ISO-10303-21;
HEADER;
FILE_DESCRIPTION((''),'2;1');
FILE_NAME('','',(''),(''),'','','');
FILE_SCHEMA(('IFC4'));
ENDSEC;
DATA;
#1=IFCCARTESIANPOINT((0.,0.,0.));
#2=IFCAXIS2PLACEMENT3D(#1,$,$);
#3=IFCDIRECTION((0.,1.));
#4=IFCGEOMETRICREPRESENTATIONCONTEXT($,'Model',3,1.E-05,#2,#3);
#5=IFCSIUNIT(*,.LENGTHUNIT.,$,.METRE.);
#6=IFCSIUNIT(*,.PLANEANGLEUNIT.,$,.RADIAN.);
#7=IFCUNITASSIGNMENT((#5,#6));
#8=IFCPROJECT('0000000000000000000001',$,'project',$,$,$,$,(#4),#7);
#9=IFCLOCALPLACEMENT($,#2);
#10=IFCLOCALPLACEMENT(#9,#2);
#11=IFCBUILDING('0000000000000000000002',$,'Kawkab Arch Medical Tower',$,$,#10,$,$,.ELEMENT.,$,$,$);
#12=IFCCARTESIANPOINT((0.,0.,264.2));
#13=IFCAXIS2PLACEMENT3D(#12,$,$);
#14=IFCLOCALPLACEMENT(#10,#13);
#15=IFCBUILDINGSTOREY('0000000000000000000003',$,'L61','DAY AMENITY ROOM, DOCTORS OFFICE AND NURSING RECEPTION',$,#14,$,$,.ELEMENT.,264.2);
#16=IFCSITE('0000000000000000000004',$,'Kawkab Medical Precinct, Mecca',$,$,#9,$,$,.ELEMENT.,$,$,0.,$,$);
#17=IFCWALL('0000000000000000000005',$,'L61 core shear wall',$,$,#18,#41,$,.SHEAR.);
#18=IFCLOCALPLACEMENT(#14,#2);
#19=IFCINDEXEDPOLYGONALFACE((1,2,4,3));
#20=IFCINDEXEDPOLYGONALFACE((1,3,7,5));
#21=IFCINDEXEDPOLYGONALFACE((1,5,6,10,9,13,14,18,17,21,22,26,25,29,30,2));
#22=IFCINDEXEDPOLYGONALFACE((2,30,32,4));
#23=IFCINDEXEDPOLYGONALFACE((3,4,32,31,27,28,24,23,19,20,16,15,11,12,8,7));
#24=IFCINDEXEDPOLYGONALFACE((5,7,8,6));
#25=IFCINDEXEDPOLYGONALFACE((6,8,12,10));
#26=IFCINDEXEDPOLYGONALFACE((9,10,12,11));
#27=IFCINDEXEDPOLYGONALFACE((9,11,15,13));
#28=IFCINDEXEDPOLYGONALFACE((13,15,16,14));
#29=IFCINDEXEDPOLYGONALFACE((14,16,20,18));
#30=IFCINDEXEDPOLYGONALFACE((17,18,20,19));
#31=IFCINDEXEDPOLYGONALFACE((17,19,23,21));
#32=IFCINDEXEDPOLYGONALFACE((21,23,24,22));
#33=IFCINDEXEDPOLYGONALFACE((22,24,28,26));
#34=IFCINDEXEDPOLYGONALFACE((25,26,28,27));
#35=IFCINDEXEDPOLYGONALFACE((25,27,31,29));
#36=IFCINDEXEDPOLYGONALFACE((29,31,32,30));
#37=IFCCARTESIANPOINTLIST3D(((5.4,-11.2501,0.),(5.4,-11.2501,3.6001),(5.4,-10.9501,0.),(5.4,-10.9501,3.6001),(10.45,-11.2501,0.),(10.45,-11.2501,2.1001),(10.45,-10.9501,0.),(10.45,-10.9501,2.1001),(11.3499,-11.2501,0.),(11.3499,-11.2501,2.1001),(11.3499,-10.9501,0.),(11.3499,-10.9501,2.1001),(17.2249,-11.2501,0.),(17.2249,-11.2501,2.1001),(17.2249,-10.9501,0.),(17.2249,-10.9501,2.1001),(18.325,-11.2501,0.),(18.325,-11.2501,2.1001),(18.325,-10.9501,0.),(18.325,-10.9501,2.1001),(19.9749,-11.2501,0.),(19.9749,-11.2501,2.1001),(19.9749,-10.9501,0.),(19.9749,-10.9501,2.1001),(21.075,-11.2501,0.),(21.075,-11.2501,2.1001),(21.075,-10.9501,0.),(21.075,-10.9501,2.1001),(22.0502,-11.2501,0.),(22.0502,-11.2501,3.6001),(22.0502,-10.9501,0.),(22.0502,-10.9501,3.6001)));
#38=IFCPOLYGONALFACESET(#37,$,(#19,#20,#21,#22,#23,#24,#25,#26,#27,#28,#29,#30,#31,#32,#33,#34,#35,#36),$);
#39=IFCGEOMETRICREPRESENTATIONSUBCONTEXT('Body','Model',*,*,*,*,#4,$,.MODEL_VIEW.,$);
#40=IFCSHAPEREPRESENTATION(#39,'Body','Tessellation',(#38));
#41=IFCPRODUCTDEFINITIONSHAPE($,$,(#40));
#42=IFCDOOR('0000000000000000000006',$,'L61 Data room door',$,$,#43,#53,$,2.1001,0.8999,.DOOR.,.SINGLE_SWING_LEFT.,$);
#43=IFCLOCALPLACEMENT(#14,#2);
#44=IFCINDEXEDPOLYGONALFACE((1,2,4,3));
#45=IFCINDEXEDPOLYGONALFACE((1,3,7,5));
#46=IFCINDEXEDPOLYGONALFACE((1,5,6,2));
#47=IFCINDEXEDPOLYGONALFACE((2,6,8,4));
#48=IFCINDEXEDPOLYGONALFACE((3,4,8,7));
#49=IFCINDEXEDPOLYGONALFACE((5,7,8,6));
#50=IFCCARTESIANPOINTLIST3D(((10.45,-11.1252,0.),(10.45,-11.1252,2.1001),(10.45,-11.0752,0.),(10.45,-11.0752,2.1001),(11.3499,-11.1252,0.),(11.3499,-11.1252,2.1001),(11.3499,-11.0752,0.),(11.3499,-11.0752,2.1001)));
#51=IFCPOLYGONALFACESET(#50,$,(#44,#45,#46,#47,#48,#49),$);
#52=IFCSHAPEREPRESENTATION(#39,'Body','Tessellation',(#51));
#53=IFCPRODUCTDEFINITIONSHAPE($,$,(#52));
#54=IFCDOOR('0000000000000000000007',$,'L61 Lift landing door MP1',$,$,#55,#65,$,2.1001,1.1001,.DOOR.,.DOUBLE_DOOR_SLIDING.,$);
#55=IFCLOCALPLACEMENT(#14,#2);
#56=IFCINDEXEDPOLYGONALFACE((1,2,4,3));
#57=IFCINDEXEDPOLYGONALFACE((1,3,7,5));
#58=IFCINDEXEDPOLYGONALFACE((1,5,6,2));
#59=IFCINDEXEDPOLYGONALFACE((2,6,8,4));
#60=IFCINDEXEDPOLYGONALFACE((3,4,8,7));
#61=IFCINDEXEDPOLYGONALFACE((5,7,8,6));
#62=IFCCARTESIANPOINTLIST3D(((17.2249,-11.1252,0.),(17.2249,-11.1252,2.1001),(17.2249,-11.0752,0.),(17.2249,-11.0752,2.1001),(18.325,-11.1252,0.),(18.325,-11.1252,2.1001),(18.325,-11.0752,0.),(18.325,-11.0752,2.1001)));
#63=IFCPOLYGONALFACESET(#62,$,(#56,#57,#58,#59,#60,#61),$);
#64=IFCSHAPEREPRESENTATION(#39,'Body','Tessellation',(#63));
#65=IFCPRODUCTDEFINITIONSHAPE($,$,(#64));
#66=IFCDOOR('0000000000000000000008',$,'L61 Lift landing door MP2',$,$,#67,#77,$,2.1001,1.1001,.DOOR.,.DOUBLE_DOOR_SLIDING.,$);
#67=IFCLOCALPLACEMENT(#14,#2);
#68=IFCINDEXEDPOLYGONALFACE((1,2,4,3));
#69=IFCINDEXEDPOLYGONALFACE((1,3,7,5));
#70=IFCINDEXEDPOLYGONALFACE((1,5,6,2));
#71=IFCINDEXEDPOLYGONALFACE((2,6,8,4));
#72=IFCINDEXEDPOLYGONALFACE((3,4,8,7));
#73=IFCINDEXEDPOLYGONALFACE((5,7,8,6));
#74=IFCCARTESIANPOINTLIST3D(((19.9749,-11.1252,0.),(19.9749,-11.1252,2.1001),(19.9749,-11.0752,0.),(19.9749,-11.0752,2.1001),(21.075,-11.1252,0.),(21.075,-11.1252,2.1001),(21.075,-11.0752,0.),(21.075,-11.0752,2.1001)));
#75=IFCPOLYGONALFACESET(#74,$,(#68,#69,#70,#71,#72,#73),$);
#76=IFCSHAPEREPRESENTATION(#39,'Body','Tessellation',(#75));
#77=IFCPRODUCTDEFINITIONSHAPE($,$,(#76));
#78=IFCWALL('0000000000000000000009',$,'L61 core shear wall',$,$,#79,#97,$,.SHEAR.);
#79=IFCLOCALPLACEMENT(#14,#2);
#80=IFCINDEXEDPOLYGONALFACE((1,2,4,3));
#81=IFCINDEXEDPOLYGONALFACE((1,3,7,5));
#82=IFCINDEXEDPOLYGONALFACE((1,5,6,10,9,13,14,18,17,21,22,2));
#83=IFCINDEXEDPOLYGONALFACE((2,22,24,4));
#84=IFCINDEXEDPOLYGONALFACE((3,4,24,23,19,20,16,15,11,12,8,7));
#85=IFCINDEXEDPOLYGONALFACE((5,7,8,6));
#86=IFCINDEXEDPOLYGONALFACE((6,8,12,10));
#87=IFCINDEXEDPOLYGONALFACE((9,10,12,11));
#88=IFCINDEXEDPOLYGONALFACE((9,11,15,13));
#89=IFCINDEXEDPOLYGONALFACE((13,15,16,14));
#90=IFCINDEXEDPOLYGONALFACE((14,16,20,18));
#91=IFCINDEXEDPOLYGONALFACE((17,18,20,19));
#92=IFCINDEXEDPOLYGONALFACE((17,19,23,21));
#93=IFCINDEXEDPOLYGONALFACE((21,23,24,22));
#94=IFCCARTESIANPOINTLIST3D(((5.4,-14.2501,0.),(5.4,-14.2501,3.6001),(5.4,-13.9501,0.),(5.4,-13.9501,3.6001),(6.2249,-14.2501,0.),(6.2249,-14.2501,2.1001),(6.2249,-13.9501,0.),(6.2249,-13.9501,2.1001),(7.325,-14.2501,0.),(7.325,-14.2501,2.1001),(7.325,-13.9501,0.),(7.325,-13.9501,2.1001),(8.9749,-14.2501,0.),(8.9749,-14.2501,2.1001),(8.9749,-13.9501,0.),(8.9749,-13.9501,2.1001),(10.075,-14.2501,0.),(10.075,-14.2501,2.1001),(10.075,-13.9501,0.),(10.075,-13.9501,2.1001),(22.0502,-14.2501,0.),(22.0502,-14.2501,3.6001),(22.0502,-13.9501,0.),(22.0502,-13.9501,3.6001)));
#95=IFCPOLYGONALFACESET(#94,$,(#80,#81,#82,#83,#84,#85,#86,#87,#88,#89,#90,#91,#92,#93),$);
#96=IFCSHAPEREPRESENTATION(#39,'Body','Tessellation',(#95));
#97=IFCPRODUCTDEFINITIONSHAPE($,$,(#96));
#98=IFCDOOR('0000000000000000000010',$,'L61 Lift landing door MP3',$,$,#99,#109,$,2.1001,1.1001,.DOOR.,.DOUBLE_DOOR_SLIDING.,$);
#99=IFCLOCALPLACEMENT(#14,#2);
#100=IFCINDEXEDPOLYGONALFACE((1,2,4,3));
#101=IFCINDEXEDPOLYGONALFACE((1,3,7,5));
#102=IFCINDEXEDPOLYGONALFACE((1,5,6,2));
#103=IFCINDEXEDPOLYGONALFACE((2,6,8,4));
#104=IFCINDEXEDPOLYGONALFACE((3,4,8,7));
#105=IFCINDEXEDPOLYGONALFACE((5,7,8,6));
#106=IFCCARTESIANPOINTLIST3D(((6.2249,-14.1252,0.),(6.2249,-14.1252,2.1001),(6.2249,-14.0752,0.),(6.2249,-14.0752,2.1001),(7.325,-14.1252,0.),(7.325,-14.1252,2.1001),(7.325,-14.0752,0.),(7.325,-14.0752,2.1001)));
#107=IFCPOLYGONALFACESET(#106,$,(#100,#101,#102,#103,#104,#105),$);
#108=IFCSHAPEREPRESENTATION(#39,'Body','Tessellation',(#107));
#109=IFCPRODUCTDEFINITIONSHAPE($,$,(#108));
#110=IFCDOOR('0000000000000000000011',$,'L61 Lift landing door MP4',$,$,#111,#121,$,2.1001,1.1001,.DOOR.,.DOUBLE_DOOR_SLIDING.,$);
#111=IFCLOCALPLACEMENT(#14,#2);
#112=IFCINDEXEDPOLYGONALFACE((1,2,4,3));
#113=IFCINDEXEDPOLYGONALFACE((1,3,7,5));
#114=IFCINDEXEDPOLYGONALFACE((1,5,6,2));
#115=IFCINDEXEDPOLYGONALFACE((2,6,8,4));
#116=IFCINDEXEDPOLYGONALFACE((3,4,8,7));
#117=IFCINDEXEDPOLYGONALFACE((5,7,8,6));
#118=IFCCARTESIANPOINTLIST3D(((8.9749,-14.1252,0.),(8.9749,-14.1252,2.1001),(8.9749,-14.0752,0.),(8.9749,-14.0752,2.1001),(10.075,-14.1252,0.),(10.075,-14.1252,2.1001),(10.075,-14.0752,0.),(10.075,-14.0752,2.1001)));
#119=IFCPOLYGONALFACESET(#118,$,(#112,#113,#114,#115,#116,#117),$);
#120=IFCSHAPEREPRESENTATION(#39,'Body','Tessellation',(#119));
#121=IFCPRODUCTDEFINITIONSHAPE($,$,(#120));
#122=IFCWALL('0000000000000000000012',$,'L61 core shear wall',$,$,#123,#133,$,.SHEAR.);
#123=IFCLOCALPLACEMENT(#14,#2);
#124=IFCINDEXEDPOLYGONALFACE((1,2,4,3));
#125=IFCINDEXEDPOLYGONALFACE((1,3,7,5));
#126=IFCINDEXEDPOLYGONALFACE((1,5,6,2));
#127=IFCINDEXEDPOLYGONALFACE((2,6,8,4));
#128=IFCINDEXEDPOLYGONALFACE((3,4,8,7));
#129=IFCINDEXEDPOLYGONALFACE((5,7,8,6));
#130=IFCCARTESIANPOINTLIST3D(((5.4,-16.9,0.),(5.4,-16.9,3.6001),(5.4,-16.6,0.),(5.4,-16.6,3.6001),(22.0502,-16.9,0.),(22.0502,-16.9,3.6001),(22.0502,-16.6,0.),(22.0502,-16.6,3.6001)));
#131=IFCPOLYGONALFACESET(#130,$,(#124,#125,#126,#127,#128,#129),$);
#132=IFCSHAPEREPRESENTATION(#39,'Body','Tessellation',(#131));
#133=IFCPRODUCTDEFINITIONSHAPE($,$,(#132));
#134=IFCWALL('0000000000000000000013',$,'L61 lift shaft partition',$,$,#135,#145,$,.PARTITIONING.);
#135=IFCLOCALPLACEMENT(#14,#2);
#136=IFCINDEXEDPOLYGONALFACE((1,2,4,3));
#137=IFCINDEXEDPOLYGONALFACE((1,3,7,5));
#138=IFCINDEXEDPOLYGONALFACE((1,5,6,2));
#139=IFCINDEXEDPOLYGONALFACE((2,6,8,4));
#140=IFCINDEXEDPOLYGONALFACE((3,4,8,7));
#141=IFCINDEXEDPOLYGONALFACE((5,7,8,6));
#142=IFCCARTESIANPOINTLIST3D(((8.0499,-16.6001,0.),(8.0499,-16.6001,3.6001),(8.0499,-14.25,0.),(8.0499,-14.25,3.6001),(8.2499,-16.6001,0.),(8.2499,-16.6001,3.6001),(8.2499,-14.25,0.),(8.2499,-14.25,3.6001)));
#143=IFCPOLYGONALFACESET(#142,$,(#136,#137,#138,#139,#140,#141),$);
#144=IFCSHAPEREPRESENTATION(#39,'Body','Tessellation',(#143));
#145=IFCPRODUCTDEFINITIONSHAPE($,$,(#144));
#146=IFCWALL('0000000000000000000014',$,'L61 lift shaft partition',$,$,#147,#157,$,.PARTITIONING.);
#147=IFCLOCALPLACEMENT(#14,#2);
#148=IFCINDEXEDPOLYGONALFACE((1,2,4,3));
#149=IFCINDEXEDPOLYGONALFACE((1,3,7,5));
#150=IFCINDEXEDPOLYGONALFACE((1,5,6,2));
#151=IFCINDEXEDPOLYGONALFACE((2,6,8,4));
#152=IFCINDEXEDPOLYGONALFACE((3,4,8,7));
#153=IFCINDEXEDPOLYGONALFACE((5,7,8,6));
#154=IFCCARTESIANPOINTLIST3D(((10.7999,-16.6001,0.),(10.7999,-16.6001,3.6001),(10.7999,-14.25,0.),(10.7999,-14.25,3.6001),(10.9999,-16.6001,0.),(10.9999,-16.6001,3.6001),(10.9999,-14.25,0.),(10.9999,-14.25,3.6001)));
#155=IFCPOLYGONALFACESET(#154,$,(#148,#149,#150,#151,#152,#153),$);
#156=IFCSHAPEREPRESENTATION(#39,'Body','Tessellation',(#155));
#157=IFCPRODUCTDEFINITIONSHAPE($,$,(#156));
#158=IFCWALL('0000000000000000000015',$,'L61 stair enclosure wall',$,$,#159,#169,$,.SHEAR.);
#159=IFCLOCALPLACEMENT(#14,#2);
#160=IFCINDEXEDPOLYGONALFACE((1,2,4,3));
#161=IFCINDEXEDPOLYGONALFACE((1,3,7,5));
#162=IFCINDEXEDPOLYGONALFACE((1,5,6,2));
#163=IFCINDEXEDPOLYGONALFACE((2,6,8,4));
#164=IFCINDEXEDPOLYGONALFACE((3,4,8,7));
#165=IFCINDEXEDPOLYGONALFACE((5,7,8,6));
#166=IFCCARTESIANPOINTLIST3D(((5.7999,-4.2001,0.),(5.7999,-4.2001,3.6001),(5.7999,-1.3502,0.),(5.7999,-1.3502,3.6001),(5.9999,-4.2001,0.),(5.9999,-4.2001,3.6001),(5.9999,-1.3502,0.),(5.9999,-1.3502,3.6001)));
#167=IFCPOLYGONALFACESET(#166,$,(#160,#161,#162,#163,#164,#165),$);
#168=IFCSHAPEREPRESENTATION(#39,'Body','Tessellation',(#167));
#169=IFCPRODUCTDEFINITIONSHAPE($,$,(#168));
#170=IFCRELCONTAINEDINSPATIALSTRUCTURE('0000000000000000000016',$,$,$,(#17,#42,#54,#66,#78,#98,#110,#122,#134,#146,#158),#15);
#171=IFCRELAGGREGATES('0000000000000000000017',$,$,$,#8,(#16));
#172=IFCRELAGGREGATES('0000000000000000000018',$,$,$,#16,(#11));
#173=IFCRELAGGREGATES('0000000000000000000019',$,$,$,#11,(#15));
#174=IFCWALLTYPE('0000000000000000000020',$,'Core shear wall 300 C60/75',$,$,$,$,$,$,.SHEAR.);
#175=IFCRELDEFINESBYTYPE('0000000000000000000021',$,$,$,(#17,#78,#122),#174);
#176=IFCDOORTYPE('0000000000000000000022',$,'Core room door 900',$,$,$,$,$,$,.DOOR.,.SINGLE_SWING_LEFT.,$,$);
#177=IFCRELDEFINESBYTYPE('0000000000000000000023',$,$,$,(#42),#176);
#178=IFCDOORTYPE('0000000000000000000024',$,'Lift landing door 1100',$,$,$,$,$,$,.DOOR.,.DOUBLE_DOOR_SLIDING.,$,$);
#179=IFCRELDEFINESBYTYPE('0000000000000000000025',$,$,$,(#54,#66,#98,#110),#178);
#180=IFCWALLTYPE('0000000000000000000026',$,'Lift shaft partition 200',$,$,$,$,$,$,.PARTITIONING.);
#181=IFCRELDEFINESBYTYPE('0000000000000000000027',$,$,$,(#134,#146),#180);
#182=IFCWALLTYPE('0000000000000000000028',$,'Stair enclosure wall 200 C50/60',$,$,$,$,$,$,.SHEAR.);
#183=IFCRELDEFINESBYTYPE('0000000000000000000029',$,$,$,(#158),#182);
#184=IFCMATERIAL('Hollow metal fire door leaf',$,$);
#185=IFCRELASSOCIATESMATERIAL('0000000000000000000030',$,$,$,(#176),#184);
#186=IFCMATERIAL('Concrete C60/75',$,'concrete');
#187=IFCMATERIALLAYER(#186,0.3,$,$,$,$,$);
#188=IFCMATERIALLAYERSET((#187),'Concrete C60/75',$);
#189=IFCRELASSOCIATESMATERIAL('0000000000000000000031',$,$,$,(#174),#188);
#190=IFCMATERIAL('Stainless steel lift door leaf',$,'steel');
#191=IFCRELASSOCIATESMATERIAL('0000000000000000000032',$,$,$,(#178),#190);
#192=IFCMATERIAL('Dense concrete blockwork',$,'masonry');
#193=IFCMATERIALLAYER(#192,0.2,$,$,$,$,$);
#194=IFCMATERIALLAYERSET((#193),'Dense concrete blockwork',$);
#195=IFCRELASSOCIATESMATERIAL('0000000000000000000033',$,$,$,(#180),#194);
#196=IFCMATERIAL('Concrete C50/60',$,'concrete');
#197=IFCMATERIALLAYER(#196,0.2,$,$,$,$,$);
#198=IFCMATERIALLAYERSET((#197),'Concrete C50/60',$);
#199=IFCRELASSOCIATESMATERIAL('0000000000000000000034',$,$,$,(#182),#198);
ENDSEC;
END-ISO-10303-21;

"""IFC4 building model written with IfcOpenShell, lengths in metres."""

from ifc_helpers import new_model, si_unit, direction, frame, frame_2d, origin, place, context, subcontext, project, spatial, rectangle, extrude, material, layer, layer_set, type_object, element, fill, save


model = new_model("IFC4")

# Units and contexts
model_context = context("Model", 3, precision=1e-05, world=origin(), true_north=direction((0.0, 1.0)))
body_context = subcontext(model_context, "Body", "Model", "MODEL_VIEW")
ifc_project = project(units=[si_unit("LENGTHUNIT", "METRE"), si_unit("PLANEANGLEUNIT", "RADIAN")], contexts=[model_context])

# Site, building, storey
site_placement = place(None, origin())
site = spatial("IfcSite", under=ifc_project, at=site_placement, Name="Kawkab Medical Precinct, Mecca", CompositionType="ELEMENT", RefElevation=0.0)
building_placement = place(site_placement, origin())
building = spatial("IfcBuilding", under=site, at=building_placement, Name="Kawkab Arch Medical Tower", CompositionType="ELEMENT")
storey_placement = place(building_placement, frame((0.0, 0.0, 264.2)))
storey = spatial("IfcBuildingStorey", under=building, at=storey_placement, Name="L61", Description="DAY AMENITY ROOM, DOCTORS OFFICE AND NURSING RECEPTION", CompositionType="ELEMENT", Elevation=264.2)

# Shared definitions
ifc_material_1 = material(Name="Hollow metal fire door leaf")
door_type_1 = type_object("IfcDoorType", Name="Core room door 900", OperationType="SINGLE_SWING_LEFT", PredefinedType="DOOR", material=ifc_material_1)

# Shared definitions
ifc_material_2 = material(Name="Concrete C60/75", Category="concrete")
ifc_layer_1 = layer(ifc_material_2, 0.3)
ifc_layer_set_1 = layer_set([ifc_layer_1], Name="Concrete C60/75")
wall_type_1 = type_object("IfcWallType", Name="Core shear wall 300 C60/75", PredefinedType="SHEAR", material=ifc_layer_set_1)

# Walls, openings, doors
wall_1_placement = place(storey_placement, frame((5.3999, -11.1001, 0.0), z_axis=(0.0, 0.0, 1.0), x_axis=(1.0, 0.0, 0.0)))
wall_1 = element("IfcWall", 1, at=wall_1_placement, inside=storey, type_object=wall_type_1, Name="L61 core shear wall", PredefinedType="SHEAR", context=body_context, shape_type="SweptSolid", body=[
    extrude(rectangle(XDim=16.6501, YDim=0.3, at=frame_2d((8.3252, 0.0))), origin(), (0.0, 0.0, 1.0), 3.6001),
])
opening_1_placement = place(wall_1_placement, frame((11.825, 0.0, 0.0)))
opening_1 = element("IfcOpeningElement", 2, at=opening_1_placement, cuts=wall_1, PredefinedType="OPENING", context=body_context, shape_type="SweptSolid", body=[
    extrude(rectangle(XDim=1.1001, YDim=2.1001, at=frame_2d((0.55, 1.05))), frame((0.0, 0.1599, 0.0), z_axis=(0.0, -1.0, 0.0), x_axis=(1.0, 0.0, 0.0)), (0.0, 0.0, 1.0), 0.3201),
])
opening_2_placement = place(wall_1_placement, frame((14.575, 0.0, 0.0)))
opening_2 = element("IfcOpeningElement", 3, at=opening_2_placement, cuts=wall_1, PredefinedType="OPENING", context=body_context, shape_type="SweptSolid", body=[
    extrude(rectangle(XDim=1.1001, YDim=2.1001, at=frame_2d((0.55, 1.05))), frame((0.0, 0.1599, 0.0), z_axis=(0.0, -1.0, 0.0), x_axis=(1.0, 0.0, 0.0)), (0.0, 0.0, 1.0), 0.3201),
])
opening_3_placement = place(wall_1_placement, frame((5.05, 0.0, 0.0)))
opening_3 = element("IfcOpeningElement", 4, at=opening_3_placement, cuts=wall_1, PredefinedType="OPENING", context=body_context, shape_type="SweptSolid", body=[
    extrude(rectangle(XDim=0.8999, YDim=2.1001, at=frame_2d((0.45, 1.05))), frame((0.0, 0.1599, 0.0), z_axis=(0.0, -1.0, 0.0), x_axis=(1.0, 0.0, 0.0)), (0.0, 0.0, 1.0), 0.3201),
])
door_1_placement = place(opening_3_placement, origin())
door_1 = element("IfcDoor", 5, at=door_1_placement, inside=storey, type_object=door_type_1, Name="L61 Data room door", OperationType="SINGLE_SWING_LEFT", OverallHeight=2.1001, OverallWidth=0.8999, PredefinedType="DOOR", context=body_context, shape_type="SweptSolid", body=[
    extrude(rectangle(XDim=0.8999, YDim=2.1001, at=frame_2d((0.45, 1.05))), frame((0.0, 0.0249, 0.0), z_axis=(0.0, -1.0, 0.0), x_axis=(1.0, 0.0, 0.0)), (0.0, 0.0, 1.0), 0.05),
])
fill(opening_3, door_1)
ifc_material_3 = material(Name="Stainless steel lift door leaf", Category="steel")
door_type_2 = type_object("IfcDoorType", Name="Lift landing door 1100", OperationType="DOUBLE_DOOR_SLIDING", PredefinedType="DOOR", material=ifc_material_3)
door_2_placement = place(opening_1_placement, origin())
door_2 = element("IfcDoor", 6, at=door_2_placement, inside=storey, type_object=door_type_2, Name="L61 Lift landing door MP1", OperationType="DOUBLE_DOOR_SLIDING", OverallHeight=2.1001, OverallWidth=1.1001, PredefinedType="DOOR", context=body_context, shape_type="SweptSolid", body=[
    extrude(rectangle(XDim=1.1001, YDim=2.1001, at=frame_2d((0.55, 1.05))), frame((0.0, 0.0249, 0.0), z_axis=(0.0, -1.0, 0.0), x_axis=(1.0, 0.0, 0.0)), (0.0, 0.0, 1.0), 0.05),
])
fill(opening_1, door_2)
door_3_placement = place(opening_2_placement, origin())
door_3 = element("IfcDoor", 7, at=door_3_placement, inside=storey, type_object=door_type_2, Name="L61 Lift landing door MP2", OperationType="DOUBLE_DOOR_SLIDING", OverallHeight=2.1001, OverallWidth=1.1001, PredefinedType="DOOR", context=body_context, shape_type="SweptSolid", body=[
    extrude(rectangle(XDim=1.1001, YDim=2.1001, at=frame_2d((0.55, 1.05))), frame((0.0, 0.0249, 0.0), z_axis=(0.0, -1.0, 0.0), x_axis=(1.0, 0.0, 0.0)), (0.0, 0.0, 1.0), 0.05),
])
fill(opening_2, door_3)
wall_2_placement = place(storey_placement, frame((5.3999, -14.1001, 0.0), z_axis=(0.0, 0.0, 1.0), x_axis=(1.0, 0.0, 0.0)))
wall_2 = element("IfcWall", 8, at=wall_2_placement, inside=storey, type_object=wall_type_1, Name="L61 core shear wall", PredefinedType="SHEAR", context=body_context, shape_type="SweptSolid", body=[
    extrude(rectangle(XDim=16.6501, YDim=0.3, at=frame_2d((8.3252, 0.0))), origin(), (0.0, 0.0, 1.0), 3.6001),
])
opening_4_placement = place(wall_2_placement, frame((0.825, 0.0, 0.0)))
opening_4 = element("IfcOpeningElement", 9, at=opening_4_placement, cuts=wall_2, PredefinedType="OPENING", context=body_context, shape_type="SweptSolid", body=[
    extrude(rectangle(XDim=1.1001, YDim=2.1001, at=frame_2d((0.55, 1.05))), frame((0.0, 0.1599, 0.0), z_axis=(0.0, -1.0, 0.0), x_axis=(1.0, 0.0, 0.0)), (0.0, 0.0, 1.0), 0.3201),
])
opening_5_placement = place(wall_2_placement, frame((3.575, 0.0, 0.0)))
opening_5 = element("IfcOpeningElement", 10, at=opening_5_placement, cuts=wall_2, PredefinedType="OPENING", context=body_context, shape_type="SweptSolid", body=[
    extrude(rectangle(XDim=1.1001, YDim=2.1001, at=frame_2d((0.55, 1.05))), frame((0.0, 0.1599, 0.0), z_axis=(0.0, -1.0, 0.0), x_axis=(1.0, 0.0, 0.0)), (0.0, 0.0, 1.0), 0.3201),
])
door_4_placement = place(opening_4_placement, origin())
door_4 = element("IfcDoor", 11, at=door_4_placement, inside=storey, type_object=door_type_2, Name="L61 Lift landing door MP3", OperationType="DOUBLE_DOOR_SLIDING", OverallHeight=2.1001, OverallWidth=1.1001, PredefinedType="DOOR", context=body_context, shape_type="SweptSolid", body=[
    extrude(rectangle(XDim=1.1001, YDim=2.1001, at=frame_2d((0.55, 1.05))), frame((0.0, 0.0249, 0.0), z_axis=(0.0, -1.0, 0.0), x_axis=(1.0, 0.0, 0.0)), (0.0, 0.0, 1.0), 0.05),
])
fill(opening_4, door_4)
door_5_placement = place(opening_5_placement, origin())
door_5 = element("IfcDoor", 12, at=door_5_placement, inside=storey, type_object=door_type_2, Name="L61 Lift landing door MP4", OperationType="DOUBLE_DOOR_SLIDING", OverallHeight=2.1001, OverallWidth=1.1001, PredefinedType="DOOR", context=body_context, shape_type="SweptSolid", body=[
    extrude(rectangle(XDim=1.1001, YDim=2.1001, at=frame_2d((0.55, 1.05))), frame((0.0, 0.0249, 0.0), z_axis=(0.0, -1.0, 0.0), x_axis=(1.0, 0.0, 0.0)), (0.0, 0.0, 1.0), 0.05),
])
fill(opening_5, door_5)

# Walls
wall_3_placement = place(storey_placement, frame((5.3999, -16.75, 0.0), z_axis=(0.0, 0.0, 1.0), x_axis=(1.0, 0.0, 0.0)))
element("IfcWall", 13, at=wall_3_placement, inside=storey, type_object=wall_type_1, Name="L61 core shear wall", PredefinedType="SHEAR", context=body_context, shape_type="SweptSolid", body=[
    extrude(rectangle(XDim=16.6501, YDim=0.3, at=frame_2d((8.3252, 0.0))), origin(), (0.0, 0.0, 1.0), 3.6001),
])
ifc_material_4 = material(Name="Dense concrete blockwork", Category="masonry")
ifc_layer_2 = layer(ifc_material_4, 0.2)
ifc_layer_set_2 = layer_set([ifc_layer_2], Name="Dense concrete blockwork")
wall_type_2 = type_object("IfcWallType", Name="Lift shaft partition 200", PredefinedType="PARTITIONING", material=ifc_layer_set_2)
for number, where, z_axis, x_axis, name in (
    (14, (8.1499, -16.6001, 0.0), (0.0, 0.0, 1.0), (0.0, 1.0, 0.0), "L61 lift shaft partition"),
    (15, (10.8999, -16.6001, 0.0), (0.0, 0.0, 1.0), (0.0, 1.0, 0.0), "L61 lift shaft partition"),
):
    element("IfcWall", number, at=place(storey_placement, frame(where, z_axis=z_axis, x_axis=x_axis)), inside=storey, type_object=wall_type_2, Name=name, PredefinedType="PARTITIONING", context=body_context, shape_type="SweptSolid", body=[
        extrude(rectangle(XDim=2.3501, YDim=0.2, at=frame_2d((1.175, 0.0))), origin(), (0.0, 0.0, 1.0), 3.6001),
    ])
ifc_material_5 = material(Name="Concrete C50/60", Category="concrete")
ifc_layer_3 = layer(ifc_material_5, 0.2)
ifc_layer_set_3 = layer_set([ifc_layer_3], Name="Concrete C50/60")
wall_type_3 = type_object("IfcWallType", Name="Stair enclosure wall 200 C50/60", PredefinedType="SHEAR", material=ifc_layer_set_3)
wall_4_placement = place(storey_placement, frame((5.8999, -4.2, 0.0), z_axis=(0.0, 0.0, 1.0), x_axis=(0.0, 1.0, 0.0)))
element("IfcWall", 16, at=wall_4_placement, inside=storey, type_object=wall_type_3, Name="L61 stair enclosure wall", PredefinedType="SHEAR", context=body_context, shape_type="SweptSolid", body=[
    extrude(rectangle(XDim=2.8499, YDim=0.2, at=frame_2d((1.4248, 0.0))), origin(), (0.0, 0.0, 1.0), 3.6001),
])

save(model, "model.ifc")
